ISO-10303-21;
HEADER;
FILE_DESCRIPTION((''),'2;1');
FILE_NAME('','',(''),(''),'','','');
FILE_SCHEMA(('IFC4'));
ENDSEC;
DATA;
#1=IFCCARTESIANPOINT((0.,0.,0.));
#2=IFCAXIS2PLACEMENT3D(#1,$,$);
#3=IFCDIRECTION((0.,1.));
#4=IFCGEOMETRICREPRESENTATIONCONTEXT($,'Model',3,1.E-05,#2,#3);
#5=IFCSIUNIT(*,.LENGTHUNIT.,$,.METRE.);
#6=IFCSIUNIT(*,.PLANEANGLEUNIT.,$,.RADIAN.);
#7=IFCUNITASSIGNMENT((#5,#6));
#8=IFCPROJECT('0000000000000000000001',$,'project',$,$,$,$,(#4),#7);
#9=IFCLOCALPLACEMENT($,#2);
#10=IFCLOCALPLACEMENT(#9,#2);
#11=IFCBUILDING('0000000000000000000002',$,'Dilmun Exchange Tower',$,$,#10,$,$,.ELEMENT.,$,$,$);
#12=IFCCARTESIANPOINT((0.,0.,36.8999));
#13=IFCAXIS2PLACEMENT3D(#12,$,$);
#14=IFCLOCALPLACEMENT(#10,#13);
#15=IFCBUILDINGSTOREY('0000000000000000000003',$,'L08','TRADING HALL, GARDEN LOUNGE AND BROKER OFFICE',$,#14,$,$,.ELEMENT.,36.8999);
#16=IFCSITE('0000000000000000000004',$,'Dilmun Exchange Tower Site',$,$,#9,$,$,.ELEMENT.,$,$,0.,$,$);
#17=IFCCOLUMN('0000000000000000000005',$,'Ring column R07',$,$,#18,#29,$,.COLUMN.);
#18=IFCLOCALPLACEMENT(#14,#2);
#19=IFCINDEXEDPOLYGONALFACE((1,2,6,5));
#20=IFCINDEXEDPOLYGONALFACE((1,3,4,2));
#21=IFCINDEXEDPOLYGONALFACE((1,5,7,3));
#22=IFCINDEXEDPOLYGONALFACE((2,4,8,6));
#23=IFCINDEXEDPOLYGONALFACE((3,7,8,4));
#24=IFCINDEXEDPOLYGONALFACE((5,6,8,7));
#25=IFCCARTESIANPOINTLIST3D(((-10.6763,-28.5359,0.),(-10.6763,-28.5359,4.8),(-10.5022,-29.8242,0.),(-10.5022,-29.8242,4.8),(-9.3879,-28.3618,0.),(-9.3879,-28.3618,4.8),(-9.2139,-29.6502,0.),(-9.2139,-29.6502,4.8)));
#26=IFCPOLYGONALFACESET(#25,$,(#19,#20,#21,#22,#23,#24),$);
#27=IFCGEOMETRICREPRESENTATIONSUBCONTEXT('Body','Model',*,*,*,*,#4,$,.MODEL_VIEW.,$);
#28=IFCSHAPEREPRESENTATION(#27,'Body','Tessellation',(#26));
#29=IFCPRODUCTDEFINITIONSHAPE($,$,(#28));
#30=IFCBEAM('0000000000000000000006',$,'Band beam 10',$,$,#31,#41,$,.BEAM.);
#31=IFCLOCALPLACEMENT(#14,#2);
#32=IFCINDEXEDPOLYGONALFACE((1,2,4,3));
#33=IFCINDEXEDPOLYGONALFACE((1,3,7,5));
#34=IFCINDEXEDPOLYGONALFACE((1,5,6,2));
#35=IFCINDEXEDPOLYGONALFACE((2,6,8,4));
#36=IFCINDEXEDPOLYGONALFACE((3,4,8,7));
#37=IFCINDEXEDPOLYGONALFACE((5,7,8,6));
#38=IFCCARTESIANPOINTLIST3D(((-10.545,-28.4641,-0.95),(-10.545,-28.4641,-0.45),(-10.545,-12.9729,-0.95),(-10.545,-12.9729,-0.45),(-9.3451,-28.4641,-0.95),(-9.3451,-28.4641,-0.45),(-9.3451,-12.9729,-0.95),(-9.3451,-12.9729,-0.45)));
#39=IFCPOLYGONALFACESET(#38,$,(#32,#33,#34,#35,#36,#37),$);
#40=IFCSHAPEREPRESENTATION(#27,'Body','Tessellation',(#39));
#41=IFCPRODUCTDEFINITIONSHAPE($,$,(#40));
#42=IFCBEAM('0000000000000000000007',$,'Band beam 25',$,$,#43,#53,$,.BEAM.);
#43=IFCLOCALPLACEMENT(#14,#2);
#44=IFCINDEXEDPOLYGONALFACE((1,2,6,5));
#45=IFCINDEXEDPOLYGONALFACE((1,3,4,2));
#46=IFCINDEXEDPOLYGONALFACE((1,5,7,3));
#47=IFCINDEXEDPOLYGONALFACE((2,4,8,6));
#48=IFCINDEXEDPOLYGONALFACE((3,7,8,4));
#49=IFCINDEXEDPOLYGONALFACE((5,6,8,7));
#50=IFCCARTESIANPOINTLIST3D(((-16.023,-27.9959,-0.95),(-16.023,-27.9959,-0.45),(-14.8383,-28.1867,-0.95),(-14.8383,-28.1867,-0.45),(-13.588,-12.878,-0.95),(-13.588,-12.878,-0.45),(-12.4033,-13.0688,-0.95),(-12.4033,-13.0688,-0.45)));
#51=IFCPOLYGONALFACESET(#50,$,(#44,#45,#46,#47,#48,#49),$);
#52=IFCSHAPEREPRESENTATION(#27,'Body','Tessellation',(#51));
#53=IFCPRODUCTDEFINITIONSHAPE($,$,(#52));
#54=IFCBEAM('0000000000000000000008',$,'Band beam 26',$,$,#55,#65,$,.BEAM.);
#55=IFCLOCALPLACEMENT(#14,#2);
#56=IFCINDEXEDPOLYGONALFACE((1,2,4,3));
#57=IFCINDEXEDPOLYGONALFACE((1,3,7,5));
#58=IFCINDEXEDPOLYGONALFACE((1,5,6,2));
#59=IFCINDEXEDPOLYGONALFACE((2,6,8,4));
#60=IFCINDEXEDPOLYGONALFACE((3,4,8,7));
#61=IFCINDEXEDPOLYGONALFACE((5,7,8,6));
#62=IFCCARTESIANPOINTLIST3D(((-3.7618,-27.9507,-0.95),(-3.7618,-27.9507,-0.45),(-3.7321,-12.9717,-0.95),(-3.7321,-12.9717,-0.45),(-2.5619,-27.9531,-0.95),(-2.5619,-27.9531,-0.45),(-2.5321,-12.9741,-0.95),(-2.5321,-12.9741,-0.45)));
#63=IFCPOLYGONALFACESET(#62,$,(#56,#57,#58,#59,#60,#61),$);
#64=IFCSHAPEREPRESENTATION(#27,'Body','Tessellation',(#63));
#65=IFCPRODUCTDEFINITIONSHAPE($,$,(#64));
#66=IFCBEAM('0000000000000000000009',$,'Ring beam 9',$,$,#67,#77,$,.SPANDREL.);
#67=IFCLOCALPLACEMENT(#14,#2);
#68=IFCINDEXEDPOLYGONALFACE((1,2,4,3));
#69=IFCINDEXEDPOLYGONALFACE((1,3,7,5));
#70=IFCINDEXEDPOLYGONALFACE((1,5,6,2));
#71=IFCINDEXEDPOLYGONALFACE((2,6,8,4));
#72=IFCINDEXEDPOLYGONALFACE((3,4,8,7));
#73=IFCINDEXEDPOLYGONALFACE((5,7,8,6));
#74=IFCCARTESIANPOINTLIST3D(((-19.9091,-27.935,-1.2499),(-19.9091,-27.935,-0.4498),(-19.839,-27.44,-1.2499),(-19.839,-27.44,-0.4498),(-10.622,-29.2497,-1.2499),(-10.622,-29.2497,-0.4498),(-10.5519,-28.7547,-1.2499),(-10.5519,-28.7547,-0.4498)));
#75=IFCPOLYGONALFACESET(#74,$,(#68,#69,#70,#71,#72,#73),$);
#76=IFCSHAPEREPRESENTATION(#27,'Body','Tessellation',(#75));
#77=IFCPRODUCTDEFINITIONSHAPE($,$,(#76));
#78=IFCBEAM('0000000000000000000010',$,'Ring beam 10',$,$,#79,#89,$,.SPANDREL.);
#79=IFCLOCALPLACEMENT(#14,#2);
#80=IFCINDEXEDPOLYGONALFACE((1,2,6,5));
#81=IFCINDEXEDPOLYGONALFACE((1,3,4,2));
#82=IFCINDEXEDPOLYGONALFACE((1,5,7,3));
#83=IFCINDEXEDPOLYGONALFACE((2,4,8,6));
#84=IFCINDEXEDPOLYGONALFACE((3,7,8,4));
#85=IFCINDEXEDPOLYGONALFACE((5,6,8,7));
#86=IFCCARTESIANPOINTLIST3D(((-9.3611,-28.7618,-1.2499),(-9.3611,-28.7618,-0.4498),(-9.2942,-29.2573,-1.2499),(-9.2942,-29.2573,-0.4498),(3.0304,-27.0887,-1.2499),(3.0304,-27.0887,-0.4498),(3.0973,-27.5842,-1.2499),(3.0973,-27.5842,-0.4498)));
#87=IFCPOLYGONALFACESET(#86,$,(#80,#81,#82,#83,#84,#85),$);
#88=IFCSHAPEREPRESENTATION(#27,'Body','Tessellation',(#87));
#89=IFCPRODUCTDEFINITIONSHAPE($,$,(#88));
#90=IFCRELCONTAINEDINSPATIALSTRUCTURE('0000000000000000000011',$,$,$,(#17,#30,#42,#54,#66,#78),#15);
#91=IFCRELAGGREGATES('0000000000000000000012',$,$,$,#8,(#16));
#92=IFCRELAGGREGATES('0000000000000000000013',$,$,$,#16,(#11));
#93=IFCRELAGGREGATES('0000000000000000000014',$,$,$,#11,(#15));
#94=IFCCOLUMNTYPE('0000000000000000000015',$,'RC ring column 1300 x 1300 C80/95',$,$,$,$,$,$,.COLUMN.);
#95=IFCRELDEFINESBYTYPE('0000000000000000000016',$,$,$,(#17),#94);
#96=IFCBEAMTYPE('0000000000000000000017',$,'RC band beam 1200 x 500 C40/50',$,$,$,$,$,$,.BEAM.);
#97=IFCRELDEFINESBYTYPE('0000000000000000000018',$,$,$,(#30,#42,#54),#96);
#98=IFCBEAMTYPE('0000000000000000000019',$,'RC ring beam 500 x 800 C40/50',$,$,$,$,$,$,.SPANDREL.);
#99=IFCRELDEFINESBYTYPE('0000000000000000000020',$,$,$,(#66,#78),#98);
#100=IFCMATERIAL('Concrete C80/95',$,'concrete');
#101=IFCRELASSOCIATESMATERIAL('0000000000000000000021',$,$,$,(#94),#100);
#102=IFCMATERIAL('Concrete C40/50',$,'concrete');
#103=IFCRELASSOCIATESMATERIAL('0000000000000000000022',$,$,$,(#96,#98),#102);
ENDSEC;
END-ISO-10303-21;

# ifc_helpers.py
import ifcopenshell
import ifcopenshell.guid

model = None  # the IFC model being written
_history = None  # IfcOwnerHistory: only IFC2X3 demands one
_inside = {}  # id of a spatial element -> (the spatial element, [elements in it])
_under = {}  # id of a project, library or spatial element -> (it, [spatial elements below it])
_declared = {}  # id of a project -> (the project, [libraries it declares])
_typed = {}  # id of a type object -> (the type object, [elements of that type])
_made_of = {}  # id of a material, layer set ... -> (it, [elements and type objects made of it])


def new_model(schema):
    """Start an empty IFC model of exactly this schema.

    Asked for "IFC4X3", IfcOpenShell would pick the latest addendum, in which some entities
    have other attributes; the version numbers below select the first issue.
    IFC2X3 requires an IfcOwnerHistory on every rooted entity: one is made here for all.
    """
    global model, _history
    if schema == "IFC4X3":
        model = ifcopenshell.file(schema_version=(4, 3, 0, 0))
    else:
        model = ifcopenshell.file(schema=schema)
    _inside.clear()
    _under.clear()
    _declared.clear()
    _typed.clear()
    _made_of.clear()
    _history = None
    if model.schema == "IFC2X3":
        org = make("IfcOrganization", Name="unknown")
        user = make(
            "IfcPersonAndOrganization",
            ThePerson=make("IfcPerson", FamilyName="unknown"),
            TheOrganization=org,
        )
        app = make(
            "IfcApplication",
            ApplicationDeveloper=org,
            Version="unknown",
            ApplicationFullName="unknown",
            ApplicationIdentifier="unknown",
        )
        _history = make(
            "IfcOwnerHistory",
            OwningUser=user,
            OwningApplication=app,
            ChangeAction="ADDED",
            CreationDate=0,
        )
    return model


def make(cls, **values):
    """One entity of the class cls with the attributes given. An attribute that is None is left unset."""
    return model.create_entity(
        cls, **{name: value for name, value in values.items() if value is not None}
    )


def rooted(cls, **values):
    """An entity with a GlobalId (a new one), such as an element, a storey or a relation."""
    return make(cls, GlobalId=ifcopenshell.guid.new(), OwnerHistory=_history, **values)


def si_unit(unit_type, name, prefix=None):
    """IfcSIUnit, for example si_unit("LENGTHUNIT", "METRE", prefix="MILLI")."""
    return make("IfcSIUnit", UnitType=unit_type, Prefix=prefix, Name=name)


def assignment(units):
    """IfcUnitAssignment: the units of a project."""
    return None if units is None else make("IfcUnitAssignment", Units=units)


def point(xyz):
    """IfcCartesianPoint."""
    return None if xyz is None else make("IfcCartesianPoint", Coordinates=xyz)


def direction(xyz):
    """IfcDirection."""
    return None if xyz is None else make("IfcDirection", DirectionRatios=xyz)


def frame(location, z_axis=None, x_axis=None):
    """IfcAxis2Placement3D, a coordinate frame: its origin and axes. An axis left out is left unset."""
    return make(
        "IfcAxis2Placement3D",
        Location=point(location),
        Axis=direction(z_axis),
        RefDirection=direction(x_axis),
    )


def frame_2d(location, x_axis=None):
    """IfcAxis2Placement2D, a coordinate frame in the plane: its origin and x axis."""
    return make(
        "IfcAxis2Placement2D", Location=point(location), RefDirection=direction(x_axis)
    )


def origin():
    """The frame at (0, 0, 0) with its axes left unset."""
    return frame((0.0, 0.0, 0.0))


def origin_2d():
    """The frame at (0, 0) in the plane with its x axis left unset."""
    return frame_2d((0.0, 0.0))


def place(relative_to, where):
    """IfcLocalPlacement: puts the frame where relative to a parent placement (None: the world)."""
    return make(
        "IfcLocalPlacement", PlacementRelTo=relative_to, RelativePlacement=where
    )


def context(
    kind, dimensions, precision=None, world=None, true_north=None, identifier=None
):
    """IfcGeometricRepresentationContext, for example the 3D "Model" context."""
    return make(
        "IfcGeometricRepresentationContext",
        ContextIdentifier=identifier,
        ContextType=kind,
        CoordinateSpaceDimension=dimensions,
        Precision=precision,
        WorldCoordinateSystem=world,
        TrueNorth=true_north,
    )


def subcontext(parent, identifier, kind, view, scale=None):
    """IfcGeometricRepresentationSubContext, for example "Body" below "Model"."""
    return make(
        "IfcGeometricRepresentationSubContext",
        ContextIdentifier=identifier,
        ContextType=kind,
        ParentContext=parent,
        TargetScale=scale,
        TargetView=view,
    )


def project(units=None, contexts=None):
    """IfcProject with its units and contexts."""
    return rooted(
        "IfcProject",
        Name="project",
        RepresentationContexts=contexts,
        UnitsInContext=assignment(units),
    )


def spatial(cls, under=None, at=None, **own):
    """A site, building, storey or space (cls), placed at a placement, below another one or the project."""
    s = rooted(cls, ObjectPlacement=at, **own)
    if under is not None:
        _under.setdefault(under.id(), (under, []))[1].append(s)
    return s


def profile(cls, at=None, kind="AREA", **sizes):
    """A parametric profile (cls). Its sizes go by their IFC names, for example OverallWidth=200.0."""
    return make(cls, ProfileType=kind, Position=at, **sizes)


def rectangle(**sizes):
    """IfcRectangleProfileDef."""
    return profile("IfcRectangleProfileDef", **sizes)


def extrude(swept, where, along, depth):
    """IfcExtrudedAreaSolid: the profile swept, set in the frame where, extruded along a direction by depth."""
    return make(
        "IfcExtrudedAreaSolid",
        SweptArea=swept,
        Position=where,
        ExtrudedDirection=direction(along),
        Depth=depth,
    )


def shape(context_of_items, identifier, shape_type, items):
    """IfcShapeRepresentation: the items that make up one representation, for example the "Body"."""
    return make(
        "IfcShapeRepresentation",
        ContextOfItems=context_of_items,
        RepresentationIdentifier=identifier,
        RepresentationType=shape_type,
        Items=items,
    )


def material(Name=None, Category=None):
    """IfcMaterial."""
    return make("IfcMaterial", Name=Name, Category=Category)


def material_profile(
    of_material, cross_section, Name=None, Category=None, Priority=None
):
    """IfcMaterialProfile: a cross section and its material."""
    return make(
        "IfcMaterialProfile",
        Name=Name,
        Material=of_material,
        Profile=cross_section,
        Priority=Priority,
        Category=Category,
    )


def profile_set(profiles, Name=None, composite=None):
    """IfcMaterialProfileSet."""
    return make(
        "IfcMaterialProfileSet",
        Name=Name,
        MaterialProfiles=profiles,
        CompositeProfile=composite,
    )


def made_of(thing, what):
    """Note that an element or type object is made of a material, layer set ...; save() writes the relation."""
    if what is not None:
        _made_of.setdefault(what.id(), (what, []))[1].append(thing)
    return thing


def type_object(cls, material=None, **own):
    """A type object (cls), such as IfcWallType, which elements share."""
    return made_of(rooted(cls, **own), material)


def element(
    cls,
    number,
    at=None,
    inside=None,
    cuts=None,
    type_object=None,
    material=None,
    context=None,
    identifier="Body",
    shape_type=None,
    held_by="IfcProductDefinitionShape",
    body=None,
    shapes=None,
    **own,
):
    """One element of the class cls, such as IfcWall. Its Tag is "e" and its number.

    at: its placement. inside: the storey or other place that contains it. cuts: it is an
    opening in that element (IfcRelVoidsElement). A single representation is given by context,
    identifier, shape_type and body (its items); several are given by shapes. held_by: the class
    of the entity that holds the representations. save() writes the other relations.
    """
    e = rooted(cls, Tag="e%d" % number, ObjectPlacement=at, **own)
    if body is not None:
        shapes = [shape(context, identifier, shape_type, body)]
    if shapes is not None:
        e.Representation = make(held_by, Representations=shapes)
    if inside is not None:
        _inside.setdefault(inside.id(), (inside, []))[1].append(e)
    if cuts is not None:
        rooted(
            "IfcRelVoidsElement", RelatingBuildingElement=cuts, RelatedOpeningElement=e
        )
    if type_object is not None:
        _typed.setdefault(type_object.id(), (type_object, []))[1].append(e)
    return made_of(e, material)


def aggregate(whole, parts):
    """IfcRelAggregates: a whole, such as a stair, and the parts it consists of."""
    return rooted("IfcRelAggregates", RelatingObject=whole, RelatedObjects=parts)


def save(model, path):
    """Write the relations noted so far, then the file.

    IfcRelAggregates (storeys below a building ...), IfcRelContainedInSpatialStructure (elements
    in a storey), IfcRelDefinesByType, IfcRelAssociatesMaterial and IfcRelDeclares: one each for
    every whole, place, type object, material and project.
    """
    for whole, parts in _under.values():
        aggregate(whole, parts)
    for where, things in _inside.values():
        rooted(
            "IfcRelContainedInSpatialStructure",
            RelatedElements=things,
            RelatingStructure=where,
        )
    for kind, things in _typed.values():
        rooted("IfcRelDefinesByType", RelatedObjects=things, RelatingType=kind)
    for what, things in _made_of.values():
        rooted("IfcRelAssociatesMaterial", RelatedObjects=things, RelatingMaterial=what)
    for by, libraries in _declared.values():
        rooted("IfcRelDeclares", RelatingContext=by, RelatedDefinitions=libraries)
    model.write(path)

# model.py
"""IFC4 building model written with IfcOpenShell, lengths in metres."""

from ifc_helpers import new_model, si_unit, direction, frame, origin, origin_2d, place, context, subcontext, project, spatial, rectangle, extrude, material, material_profile, profile_set, type_object, element, save


model = new_model("IFC4")

# Units and contexts
model_context = context("Model", 3, precision=1e-05, world=origin(), true_north=direction((0.0, 1.0)))
body_context = subcontext(model_context, "Body", "Model", "MODEL_VIEW")
ifc_project = project(units=[si_unit("LENGTHUNIT", "METRE"), si_unit("PLANEANGLEUNIT", "RADIAN")], contexts=[model_context])

# Site, building, storey
site_placement = place(None, origin())
site = spatial("IfcSite", under=ifc_project, at=site_placement, Name="Dilmun Exchange Tower Site", CompositionType="ELEMENT", RefElevation=0.0)
building_placement = place(site_placement, origin())
building = spatial("IfcBuilding", under=site, at=building_placement, Name="Dilmun Exchange Tower", CompositionType="ELEMENT")
storey_placement = place(building_placement, frame((0.0, 0.0, 36.8999)))
storey = spatial("IfcBuildingStorey", under=building, at=storey_placement, Name="L08", Description="TRADING HALL, GARDEN LOUNGE AND BROKER OFFICE", CompositionType="ELEMENT", Elevation=36.8999)

# Column
ifc_material_1 = material(Name="Concrete C80/95", Category="concrete")
ifc_material_profile_1 = material_profile(ifc_material_1, rectangle(XDim=1.3, YDim=1.3, at=origin_2d()), Name="1300 x 1300")
ifc_profile_set_1 = profile_set([ifc_material_profile_1], Name="Concrete C80/95")
column_type = type_object("IfcColumnType", Name="RC ring column 1300 x 1300 C80/95", PredefinedType="COLUMN", material=ifc_profile_set_1)
column_placement = place(storey_placement, frame((-9.9451, -29.093, 0.0), z_axis=(0.0, 0.0, 1.0), x_axis=(0.991001, 0.133853, 0.0)))
element("IfcColumn", 1, at=column_placement, inside=storey, type_object=column_type, Name="Ring column R07", PredefinedType="COLUMN", context=body_context, shape_type="SweptSolid", body=[
    extrude(rectangle(XDim=1.3, YDim=1.3, at=origin_2d()), origin(), (0.0, 0.0, 1.0), 4.8),
])

# Beams
ifc_material_2 = material(Name="Concrete C40/50", Category="concrete")
ifc_material_profile_2 = material_profile(ifc_material_2, rectangle(XDim=1.2, YDim=0.5, at=origin_2d()), Name="1200 x 500")
ifc_profile_set_2 = profile_set([ifc_material_profile_2], Name="Concrete C40/50")
beam_type_1 = type_object("IfcBeamType", Name="RC band beam 1200 x 500 C40/50", PredefinedType="BEAM", material=ifc_profile_set_2)
beam_1_placement = place(storey_placement, frame((-9.9451, -28.4641, -0.7), z_axis=(0.0, 1.0, 0.0), x_axis=(-1.0, 0.0, 0.0)))
element("IfcBeam", 2, at=beam_1_placement, inside=storey, type_object=beam_type_1, Name="Band beam 10", PredefinedType="BEAM", context=body_context, shape_type="SweptSolid", body=[
    extrude(rectangle(XDim=1.2, YDim=0.5, at=origin_2d()), origin(), (0.0, 0.0, 1.0), 15.4912),
])
beam_2_placement = place(storey_placement, frame((-15.4307, -28.0913, -0.7), z_axis=(0.159021, 0.987275, 0.0), x_axis=(-0.987275, 0.159021, 0.0)))
element("IfcBeam", 3, at=beam_2_placement, inside=storey, type_object=beam_type_1, Name="Band beam 25", PredefinedType="BEAM", context=body_context, shape_type="SweptSolid", body=[
    extrude(rectangle(XDim=1.2, YDim=0.5, at=origin_2d()), origin(), (0.0, 0.0, 1.0), 15.3127),
])
beam_3_placement = place(storey_placement, frame((-3.1619, -27.9519, -0.7), z_axis=(0.001988, 0.999998, 0.0), x_axis=(-0.999998, 0.001988, 0.0)))
element("IfcBeam", 4, at=beam_3_placement, inside=storey, type_object=beam_type_1, Name="Band beam 26", PredefinedType="BEAM", context=body_context, shape_type="SweptSolid", body=[
    extrude(rectangle(XDim=1.2, YDim=0.5, at=origin_2d()), origin(), (0.0, 0.0, 1.0), 14.979),
])
ifc_material_profile_3 = material_profile(ifc_material_2, rectangle(XDim=0.5, YDim=0.8, at=origin_2d()), Name="500 x 800")
ifc_profile_set_3 = profile_set([ifc_material_profile_3], Name="Concrete C40/50")
beam_type_2 = type_object("IfcBeamType", Name="RC ring beam 500 x 800 C40/50", PredefinedType="SPANDREL", material=ifc_profile_set_3)
beam_4_placement = place(storey_placement, frame((-19.874, -27.6875, -0.8499), z_axis=(0.990128, -0.140164, 0.0), x_axis=(0.140164, 0.990128, 0.0)))
element("IfcBeam", 5, at=beam_4_placement, inside=storey, type_object=beam_type_2, Name="Ring beam 9", PredefinedType="SPANDREL", context=body_context, shape_type="SweptSolid", body=[
    extrude(rectangle(XDim=0.5, YDim=0.8, at=origin_2d()), origin(), (0.0, 0.0, 1.0), 9.3796),
])
beam_5_placement = place(storey_placement, frame((-9.3276, -29.0095, -0.8499), z_axis=(0.991007, 0.133807, 0.0), x_axis=(-0.133807, 0.991007, 0.0)))
element("IfcBeam", 6, at=beam_5_placement, inside=storey, type_object=beam_type_2, Name="Ring beam 10", PredefinedType="SPANDREL", context=body_context, shape_type="SweptSolid", body=[
    extrude(rectangle(XDim=0.5, YDim=0.8, at=origin_2d()), origin(), (0.0, 0.0, 1.0), 12.5039),
])

save(model, "model.ifc")
